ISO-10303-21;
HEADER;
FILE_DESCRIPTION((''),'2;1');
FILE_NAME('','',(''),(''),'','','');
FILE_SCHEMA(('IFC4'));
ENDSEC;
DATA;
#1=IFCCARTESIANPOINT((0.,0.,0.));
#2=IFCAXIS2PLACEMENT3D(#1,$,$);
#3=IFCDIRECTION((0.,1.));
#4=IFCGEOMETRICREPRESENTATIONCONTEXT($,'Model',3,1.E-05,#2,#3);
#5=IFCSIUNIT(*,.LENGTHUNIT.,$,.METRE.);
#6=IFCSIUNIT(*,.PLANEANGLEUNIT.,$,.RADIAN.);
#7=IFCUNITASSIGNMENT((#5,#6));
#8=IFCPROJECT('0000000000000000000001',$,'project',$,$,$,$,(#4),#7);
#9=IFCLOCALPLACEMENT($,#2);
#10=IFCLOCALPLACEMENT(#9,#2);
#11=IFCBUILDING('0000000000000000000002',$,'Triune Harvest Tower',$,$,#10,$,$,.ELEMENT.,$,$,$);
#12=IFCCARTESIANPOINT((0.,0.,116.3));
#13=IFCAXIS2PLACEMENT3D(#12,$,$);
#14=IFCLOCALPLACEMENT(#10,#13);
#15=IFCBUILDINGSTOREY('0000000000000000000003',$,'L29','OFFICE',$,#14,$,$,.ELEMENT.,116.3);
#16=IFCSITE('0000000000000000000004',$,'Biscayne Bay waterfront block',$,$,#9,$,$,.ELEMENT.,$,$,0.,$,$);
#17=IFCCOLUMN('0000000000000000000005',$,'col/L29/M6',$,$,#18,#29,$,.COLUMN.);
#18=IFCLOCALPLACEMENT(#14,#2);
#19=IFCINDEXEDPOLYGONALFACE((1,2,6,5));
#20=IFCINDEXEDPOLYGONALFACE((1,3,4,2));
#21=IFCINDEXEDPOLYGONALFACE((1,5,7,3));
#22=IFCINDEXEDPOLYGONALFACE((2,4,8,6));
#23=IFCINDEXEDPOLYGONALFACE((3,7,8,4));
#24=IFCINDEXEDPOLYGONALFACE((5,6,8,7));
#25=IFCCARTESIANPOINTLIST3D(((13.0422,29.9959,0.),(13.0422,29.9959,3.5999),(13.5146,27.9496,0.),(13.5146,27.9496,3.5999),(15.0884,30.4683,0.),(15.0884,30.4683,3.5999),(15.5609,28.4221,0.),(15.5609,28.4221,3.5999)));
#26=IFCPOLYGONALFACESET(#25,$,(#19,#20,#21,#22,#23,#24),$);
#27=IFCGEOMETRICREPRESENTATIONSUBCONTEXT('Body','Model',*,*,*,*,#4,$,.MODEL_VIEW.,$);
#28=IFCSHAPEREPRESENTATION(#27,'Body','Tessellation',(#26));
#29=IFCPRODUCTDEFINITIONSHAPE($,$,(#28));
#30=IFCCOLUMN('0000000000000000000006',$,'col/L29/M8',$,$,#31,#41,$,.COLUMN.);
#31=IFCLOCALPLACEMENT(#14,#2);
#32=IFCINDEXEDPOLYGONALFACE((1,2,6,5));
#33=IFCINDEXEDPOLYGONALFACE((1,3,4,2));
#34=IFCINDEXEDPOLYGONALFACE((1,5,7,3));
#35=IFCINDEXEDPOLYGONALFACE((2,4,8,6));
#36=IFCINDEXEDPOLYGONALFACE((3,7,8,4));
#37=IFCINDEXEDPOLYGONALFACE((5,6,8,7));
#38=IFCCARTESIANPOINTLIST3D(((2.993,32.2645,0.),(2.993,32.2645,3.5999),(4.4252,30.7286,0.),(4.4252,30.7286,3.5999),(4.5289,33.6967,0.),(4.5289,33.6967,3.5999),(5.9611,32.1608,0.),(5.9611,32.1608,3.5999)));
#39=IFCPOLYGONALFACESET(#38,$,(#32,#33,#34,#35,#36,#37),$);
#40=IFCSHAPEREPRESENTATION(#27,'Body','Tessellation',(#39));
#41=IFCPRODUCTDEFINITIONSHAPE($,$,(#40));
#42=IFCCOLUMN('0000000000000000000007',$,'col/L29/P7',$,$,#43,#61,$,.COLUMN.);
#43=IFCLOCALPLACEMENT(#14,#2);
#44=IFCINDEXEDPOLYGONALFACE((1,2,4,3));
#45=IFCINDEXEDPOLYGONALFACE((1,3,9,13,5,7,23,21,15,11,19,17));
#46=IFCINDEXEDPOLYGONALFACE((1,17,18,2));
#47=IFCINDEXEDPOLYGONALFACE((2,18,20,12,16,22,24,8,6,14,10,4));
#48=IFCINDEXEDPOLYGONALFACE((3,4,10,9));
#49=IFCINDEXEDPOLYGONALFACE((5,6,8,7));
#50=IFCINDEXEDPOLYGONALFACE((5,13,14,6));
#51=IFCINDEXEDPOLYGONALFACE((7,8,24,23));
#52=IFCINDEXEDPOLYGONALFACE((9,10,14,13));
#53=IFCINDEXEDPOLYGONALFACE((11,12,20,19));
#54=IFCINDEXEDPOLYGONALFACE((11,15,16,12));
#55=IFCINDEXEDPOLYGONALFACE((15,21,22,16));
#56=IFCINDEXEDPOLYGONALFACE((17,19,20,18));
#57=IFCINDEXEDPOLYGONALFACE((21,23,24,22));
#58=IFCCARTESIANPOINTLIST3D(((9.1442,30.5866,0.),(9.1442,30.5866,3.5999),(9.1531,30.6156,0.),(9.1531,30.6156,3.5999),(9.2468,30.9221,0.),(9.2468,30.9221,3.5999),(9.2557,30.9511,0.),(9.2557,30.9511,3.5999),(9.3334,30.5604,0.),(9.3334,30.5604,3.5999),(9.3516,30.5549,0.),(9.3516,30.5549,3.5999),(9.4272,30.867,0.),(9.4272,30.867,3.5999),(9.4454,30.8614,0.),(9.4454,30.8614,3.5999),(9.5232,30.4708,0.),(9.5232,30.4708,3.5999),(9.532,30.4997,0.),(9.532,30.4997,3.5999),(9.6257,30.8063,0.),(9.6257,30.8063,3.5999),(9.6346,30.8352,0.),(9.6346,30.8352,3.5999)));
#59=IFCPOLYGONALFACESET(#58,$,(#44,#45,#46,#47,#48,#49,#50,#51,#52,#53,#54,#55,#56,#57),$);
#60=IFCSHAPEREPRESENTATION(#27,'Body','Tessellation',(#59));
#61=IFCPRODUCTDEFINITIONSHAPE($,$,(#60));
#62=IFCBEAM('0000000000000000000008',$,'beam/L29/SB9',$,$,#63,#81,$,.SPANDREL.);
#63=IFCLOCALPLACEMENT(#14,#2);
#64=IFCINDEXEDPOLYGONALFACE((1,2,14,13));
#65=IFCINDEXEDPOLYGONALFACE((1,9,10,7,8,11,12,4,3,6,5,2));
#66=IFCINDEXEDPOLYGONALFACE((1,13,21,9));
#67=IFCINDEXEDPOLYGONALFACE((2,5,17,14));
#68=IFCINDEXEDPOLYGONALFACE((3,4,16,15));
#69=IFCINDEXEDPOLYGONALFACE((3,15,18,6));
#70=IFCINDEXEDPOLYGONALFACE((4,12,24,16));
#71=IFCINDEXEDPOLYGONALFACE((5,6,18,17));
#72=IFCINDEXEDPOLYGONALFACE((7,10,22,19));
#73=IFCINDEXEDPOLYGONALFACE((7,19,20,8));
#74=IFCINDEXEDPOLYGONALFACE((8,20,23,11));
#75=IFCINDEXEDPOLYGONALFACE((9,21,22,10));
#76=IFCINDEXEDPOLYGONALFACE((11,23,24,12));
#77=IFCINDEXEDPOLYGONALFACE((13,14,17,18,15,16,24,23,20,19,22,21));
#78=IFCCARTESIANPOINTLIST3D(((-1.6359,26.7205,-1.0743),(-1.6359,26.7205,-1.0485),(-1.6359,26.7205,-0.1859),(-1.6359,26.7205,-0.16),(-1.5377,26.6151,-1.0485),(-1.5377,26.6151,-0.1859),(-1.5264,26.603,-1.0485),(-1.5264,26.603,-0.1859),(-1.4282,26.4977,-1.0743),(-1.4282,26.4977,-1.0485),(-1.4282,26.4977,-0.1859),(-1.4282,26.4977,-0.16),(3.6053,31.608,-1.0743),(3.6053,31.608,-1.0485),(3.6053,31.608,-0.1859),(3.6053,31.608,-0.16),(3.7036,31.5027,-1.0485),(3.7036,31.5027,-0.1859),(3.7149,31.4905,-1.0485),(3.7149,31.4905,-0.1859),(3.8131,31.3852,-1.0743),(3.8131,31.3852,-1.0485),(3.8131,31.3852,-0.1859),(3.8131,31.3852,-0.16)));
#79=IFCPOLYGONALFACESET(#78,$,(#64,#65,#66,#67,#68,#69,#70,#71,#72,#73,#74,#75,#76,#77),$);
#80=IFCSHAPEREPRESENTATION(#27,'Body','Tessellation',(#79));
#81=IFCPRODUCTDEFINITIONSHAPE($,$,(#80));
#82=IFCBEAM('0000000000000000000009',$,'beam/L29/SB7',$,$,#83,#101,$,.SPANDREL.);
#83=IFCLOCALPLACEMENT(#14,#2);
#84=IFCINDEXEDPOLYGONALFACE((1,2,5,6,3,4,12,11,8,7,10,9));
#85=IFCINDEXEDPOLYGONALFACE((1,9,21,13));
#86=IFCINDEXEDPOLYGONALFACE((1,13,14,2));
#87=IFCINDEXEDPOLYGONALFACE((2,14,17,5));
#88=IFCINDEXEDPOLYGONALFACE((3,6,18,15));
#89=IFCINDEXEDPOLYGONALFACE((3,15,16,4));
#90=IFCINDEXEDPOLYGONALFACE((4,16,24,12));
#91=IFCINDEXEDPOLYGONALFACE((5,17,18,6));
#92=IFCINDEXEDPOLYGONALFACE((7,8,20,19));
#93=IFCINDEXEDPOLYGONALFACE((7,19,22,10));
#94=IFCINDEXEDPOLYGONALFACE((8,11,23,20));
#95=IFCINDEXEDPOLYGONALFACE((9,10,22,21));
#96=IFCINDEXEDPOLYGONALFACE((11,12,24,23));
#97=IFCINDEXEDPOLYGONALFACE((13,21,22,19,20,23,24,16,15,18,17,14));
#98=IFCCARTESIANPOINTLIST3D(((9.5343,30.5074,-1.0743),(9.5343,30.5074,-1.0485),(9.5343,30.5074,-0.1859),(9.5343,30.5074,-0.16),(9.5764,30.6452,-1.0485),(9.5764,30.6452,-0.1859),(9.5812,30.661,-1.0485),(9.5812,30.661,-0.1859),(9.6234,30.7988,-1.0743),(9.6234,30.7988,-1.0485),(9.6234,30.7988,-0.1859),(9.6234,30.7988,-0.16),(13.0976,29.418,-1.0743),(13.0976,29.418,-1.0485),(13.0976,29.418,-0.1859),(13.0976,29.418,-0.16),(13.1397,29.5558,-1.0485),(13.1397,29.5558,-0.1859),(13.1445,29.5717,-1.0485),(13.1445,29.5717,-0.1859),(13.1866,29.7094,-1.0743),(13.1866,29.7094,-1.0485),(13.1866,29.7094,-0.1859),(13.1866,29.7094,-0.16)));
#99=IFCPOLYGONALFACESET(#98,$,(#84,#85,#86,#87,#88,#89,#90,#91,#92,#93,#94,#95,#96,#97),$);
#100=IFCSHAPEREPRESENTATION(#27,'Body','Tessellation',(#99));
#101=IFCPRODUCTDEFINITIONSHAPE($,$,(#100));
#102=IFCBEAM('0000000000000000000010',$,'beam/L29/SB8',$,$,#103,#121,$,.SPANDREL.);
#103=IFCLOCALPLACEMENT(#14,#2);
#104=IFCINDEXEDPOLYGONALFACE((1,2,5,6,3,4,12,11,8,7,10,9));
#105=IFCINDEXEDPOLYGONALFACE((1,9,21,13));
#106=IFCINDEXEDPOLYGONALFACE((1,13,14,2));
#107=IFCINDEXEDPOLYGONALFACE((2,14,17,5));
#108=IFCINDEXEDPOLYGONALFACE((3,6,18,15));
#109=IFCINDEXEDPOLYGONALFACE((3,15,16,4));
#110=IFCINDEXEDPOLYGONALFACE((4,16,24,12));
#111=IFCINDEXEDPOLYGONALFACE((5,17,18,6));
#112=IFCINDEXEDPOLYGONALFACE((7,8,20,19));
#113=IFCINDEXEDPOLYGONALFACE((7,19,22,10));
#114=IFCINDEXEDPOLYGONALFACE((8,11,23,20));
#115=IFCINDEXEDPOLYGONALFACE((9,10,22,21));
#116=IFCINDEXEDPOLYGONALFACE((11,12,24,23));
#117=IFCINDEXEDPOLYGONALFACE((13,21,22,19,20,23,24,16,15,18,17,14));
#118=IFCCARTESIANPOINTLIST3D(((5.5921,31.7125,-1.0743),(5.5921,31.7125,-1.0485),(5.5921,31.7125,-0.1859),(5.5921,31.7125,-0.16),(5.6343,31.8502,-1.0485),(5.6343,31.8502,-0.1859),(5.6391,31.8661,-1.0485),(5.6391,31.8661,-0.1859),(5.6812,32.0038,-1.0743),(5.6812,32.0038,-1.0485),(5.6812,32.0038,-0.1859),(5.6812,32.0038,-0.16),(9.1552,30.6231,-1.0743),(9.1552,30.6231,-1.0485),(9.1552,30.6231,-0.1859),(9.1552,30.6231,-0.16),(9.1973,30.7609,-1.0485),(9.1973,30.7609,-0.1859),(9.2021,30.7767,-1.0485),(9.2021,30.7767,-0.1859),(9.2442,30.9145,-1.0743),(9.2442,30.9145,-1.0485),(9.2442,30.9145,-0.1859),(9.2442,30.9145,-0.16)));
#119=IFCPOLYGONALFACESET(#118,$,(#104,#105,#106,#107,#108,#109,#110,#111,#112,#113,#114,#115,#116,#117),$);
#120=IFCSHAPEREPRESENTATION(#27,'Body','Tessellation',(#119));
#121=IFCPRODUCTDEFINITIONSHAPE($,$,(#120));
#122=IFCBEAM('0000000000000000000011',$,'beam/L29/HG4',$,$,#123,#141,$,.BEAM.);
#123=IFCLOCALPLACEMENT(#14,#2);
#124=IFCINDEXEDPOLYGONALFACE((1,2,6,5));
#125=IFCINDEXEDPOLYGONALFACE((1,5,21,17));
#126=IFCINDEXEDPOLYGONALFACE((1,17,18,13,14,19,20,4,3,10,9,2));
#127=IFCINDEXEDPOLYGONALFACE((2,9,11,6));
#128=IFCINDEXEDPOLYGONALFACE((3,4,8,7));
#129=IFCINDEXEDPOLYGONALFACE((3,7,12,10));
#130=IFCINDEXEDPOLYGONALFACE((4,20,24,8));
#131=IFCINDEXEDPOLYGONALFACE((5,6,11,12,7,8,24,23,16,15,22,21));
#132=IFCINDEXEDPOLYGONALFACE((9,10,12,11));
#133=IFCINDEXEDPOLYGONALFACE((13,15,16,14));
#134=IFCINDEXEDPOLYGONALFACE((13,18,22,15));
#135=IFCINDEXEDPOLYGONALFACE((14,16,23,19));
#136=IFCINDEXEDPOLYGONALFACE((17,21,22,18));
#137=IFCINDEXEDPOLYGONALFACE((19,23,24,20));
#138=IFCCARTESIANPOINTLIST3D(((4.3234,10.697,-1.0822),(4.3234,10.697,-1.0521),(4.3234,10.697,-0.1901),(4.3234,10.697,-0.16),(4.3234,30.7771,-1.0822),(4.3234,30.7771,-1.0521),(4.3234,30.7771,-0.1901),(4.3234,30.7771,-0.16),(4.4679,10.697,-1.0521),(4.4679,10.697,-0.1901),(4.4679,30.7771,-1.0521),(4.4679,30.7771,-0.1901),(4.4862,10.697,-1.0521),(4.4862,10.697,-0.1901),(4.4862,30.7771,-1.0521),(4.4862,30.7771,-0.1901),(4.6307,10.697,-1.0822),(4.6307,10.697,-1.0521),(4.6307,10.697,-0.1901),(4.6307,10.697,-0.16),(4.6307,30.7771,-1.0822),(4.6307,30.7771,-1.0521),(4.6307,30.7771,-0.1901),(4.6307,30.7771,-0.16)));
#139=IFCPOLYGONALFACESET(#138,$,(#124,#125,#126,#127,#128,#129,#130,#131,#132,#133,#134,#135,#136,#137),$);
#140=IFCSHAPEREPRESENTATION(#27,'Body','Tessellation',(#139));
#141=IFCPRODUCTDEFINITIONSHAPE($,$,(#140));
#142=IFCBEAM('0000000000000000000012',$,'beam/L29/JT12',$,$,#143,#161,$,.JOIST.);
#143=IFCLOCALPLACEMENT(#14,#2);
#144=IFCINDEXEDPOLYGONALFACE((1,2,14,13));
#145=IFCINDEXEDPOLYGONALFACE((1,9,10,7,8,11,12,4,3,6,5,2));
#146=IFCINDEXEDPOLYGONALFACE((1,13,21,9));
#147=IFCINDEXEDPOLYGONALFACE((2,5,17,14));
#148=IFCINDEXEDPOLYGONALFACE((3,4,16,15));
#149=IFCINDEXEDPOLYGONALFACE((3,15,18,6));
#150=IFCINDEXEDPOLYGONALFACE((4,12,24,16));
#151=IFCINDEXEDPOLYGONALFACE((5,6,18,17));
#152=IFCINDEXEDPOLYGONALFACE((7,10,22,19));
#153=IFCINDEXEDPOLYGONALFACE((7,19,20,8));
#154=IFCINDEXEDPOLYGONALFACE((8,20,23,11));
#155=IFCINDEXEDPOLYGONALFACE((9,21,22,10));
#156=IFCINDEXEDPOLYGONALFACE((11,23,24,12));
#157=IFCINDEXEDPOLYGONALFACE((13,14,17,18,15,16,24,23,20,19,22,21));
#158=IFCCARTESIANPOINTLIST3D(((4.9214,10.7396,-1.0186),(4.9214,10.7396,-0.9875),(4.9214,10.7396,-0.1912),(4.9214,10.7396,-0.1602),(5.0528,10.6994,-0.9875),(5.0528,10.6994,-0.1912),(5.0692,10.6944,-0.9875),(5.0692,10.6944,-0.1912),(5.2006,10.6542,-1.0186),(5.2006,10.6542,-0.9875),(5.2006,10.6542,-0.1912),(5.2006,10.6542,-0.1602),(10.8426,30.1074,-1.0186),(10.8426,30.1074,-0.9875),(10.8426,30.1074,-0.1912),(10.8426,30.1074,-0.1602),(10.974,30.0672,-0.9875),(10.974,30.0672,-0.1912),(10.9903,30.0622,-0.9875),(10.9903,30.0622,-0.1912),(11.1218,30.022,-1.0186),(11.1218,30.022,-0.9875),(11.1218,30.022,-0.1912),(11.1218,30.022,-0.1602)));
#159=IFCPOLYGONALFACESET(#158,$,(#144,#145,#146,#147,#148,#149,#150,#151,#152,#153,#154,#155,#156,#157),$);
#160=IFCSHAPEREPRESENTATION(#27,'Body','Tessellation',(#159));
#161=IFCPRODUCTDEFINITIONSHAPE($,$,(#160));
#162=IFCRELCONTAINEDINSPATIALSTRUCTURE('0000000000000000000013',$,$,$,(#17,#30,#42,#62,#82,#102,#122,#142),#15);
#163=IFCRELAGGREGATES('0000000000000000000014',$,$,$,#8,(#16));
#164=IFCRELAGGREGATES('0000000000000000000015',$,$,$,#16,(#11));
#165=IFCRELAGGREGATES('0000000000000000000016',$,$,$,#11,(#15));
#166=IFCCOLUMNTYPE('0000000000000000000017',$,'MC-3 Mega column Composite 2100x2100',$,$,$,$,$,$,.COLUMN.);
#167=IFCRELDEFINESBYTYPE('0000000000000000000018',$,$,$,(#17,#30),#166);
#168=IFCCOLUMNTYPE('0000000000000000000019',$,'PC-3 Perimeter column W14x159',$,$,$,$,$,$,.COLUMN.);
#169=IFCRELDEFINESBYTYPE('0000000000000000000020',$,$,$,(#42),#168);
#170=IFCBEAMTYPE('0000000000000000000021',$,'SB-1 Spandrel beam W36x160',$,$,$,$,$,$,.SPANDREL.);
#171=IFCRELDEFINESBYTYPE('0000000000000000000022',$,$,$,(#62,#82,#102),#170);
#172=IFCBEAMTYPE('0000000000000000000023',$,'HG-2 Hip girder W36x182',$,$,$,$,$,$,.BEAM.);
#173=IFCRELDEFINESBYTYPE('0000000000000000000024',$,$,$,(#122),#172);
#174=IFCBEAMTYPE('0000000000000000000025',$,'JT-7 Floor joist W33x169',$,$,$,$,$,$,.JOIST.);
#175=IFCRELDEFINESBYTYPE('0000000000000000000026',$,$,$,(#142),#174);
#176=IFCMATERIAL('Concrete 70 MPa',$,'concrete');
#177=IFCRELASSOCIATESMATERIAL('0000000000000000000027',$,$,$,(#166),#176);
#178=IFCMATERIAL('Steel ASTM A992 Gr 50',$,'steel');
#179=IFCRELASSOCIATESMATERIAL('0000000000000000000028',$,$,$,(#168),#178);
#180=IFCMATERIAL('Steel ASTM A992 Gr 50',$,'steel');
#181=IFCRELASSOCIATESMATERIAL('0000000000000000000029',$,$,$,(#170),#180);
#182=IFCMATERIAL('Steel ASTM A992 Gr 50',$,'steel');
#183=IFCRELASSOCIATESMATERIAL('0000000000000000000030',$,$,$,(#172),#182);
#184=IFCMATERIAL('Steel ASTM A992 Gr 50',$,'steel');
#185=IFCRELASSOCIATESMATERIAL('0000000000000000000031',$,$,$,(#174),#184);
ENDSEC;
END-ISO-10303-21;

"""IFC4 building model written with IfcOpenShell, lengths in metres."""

from ifc_helpers import new_model, si_unit, direction, frame, origin, origin_2d, place, context, subcontext, project, spatial, rectangle, i_section, extrude, source, transform, mapped, material, material_profile, profile_set, type_object, element, save


model = new_model("IFC4")

# Units and contexts
model_context = context("Model", 3, precision=1e-05, world=origin(), true_north=direction((0.0, 1.0)))
body_context = subcontext(model_context, "Body", "Model", "MODEL_VIEW")
ifc_project = project(units=[si_unit("LENGTHUNIT", "METRE"), si_unit("PLANEANGLEUNIT", "RADIAN")], contexts=[model_context])

# Site, building, storey
site_placement = place(None, origin())
site = spatial("IfcSite", under=ifc_project, at=site_placement, Name="Biscayne Bay waterfront block", CompositionType="ELEMENT", RefElevation=0.0)
building_placement = place(site_placement, origin())
building = spatial("IfcBuilding", under=site, at=building_placement, Name="Triune Harvest Tower", CompositionType="ELEMENT")
storey_placement = place(building_placement, frame((0.0, 0.0, 116.3)))
storey = spatial("IfcBuildingStorey", under=building, at=storey_placement, Name="L29", Description="OFFICE", CompositionType="ELEMENT", Elevation=116.3)

# Columns
ifc_material_1 = material(Name="Concrete 70 MPa", Category="concrete")
ifc_material_profile_1 = material_profile(ifc_material_1, rectangle(XDim=2.1001, YDim=2.1001, at=origin_2d()), Name="Composite 2100x2100")
ifc_profile_set_1 = profile_set([ifc_material_profile_1], Name="Concrete 70 MPa")
column_type_1 = type_object("IfcColumnType", Name="MC-3 Mega column Composite 2100x2100", PredefinedType="COLUMN", material=ifc_profile_set_1)
shared_shape_1 = source(origin(), body_context, "Body", "SweptSolid", [
    extrude(rectangle(XDim=2.1001, YDim=2.1001, at=origin_2d()), origin(), (0.0, 0.0, 1.0), 3.5999),
])
for number, where, z_axis, x_axis, name in (
    (1, (14.3015, 29.209, 0.0), (0.0, 0.0, 1.0), (-0.224953, 0.97437, 0.0), "col/L29/M6"),
    (2, (4.4771, 32.2126, 0.0), (0.0, 0.0, 1.0), (-0.731355, -0.681997, 0.0), "col/L29/M8"),
):
    element("IfcColumn", number, at=place(storey_placement, frame(where, z_axis=z_axis, x_axis=x_axis)), inside=storey, type_object=column_type_1, Name=name, PredefinedType="COLUMN", context=body_context, shape_type="MappedRepresentation", body=[
        mapped(shared_shape_1, transform((0.0, 0.0, 0.0), scale=1.0)),
    ])
ifc_material_2 = material(Name="Steel ASTM A992 Gr 50", Category="steel")
ifc_material_profile_2 = material_profile(ifc_material_2, i_section(OverallWidth=0.3962, OverallDepth=0.3811, WebThickness=0.019, FlangeThickness=0.0303, at=origin_2d()), Name="W14x159")
ifc_profile_set_2 = profile_set([ifc_material_profile_2], Name="Steel ASTM A992 Gr 50")
column_type_2 = type_object("IfcColumnType", Name="PC-3 Perimeter column W14x159", PredefinedType="COLUMN", material=ifc_profile_set_2)
shared_shape_2 = source(origin(), body_context, "Body", "SweptSolid", [
    extrude(i_section(OverallWidth=0.3962, OverallDepth=0.3811, WebThickness=0.019, FlangeThickness=0.0303, at=origin_2d()), origin(), (0.0, 0.0, 1.0), 3.5999),
])
column_placement = place(storey_placement, frame((9.3894, 30.7109, 0.0), z_axis=(0.0, 0.0, 1.0), x_axis=(-0.956305, 0.292372, 0.0)))
element("IfcColumn", 3, at=column_placement, inside=storey, type_object=column_type_2, Name="col/L29/P7", PredefinedType="COLUMN", context=body_context, shape_type="MappedRepresentation", body=[
    mapped(shared_shape_2, transform((0.0, 0.0, 0.0), scale=1.0)),
])

# Beams
ifc_material_3 = material(Name="Steel ASTM A992 Gr 50", Category="steel")
ifc_material_profile_3 = material_profile(ifc_material_3, i_section(OverallWidth=0.3047, OverallDepth=0.9143, WebThickness=0.0166, FlangeThickness=0.0259, at=origin_2d()), Name="W36x160")
ifc_profile_set_3 = profile_set([ifc_material_profile_3], Name="Steel ASTM A992 Gr 50")
beam_type_1 = type_object("IfcBeamType", Name="SB-1 Spandrel beam W36x160", PredefinedType="SPANDREL", material=ifc_profile_set_3)
shared_shape_3 = source(origin(), body_context, "Body", "SweptSolid", [
    extrude(i_section(OverallWidth=0.3047, OverallDepth=0.9143, WebThickness=0.0166, FlangeThickness=0.0259, at=origin_2d()), origin(), (0.0, 0.0, 1.0), 7.1665),
])
beam_1_placement = place(storey_placement, frame((3.7092, 31.4966, -0.6172), z_axis=(-0.731358, -0.681994, 0.0), x_axis=(0.681994, -0.731358, 0.0)))
element("IfcBeam", 4, at=beam_1_placement, inside=storey, type_object=beam_type_1, Name="beam/L29/SB9", PredefinedType="SPANDREL", context=body_context, shape_type="MappedRepresentation", body=[
    mapped(shared_shape_3, transform((0.0, 0.0, 0.0), scale=1.0)),
])
shared_shape_4 = source(origin(), body_context, "Body", "SweptSolid", [
    extrude(i_section(OverallWidth=0.3047, OverallDepth=0.9143, WebThickness=0.0166, FlangeThickness=0.0259, at=origin_2d()), origin(), (0.0, 0.0, 1.0), 3.7261),
])
beam_2_placement = place(storey_placement, frame((13.1421, 29.5637, -0.6172), z_axis=(-0.956307, 0.292363, 0.0), x_axis=(-0.292363, -0.956307, 0.0)))
element("IfcBeam", 5, at=beam_2_placement, inside=storey, type_object=beam_type_1, Name="beam/L29/SB7", PredefinedType="SPANDREL", context=body_context, shape_type="MappedRepresentation", body=[
    mapped(shared_shape_4, transform((0.0, 0.0, 0.0), scale=1.0)),
])
shared_shape_5 = source(origin(), body_context, "Body", "SweptSolid", [
    extrude(i_section(OverallWidth=0.3047, OverallDepth=0.9143, WebThickness=0.0166, FlangeThickness=0.0259, at=origin_2d()), origin(), (0.0, 0.0, 1.0), 3.7258),
])
beam_3_placement = place(storey_placement, frame((9.1997, 30.7688, -0.6172), z_axis=(-0.956302, 0.292382, 0.0), x_axis=(-0.292382, -0.956302, 0.0)))
element("IfcBeam", 6, at=beam_3_placement, inside=storey, type_object=beam_type_1, Name="beam/L29/SB8", PredefinedType="SPANDREL", context=body_context, shape_type="MappedRepresentation", body=[
    mapped(shared_shape_5, transform((0.0, 0.0, 0.0), scale=1.0)),
])
ifc_material_4 = material(Name="Steel ASTM A992 Gr 50", Category="steel")
ifc_material_profile_4 = material_profile(ifc_material_4, i_section(OverallWidth=0.3074, OverallDepth=0.9221, WebThickness=0.0183, FlangeThickness=0.03, at=origin_2d()), Name="W36x182")
ifc_profile_set_4 = profile_set([ifc_material_profile_4], Name="Steel ASTM A992 Gr 50")
beam_type_2 = type_object("IfcBeamType", Name="HG-2 Hip girder W36x182", PredefinedType="BEAM", material=ifc_profile_set_4)
shared_shape_6 = source(origin(), body_context, "Body", "SweptSolid", [
    extrude(i_section(OverallWidth=0.3074, OverallDepth=0.9221, WebThickness=0.0183, FlangeThickness=0.03, at=origin_2d()), origin(), (0.0, 0.0, 1.0), 20.0801),
])
beam_4_placement = place(storey_placement, frame((4.4771, 30.7771, -0.6211), z_axis=(0.0, -1.0, 0.0), x_axis=(1.0, 0.0, 0.0)))
element("IfcBeam", 7, at=beam_4_placement, inside=storey, type_object=beam_type_2, Name="beam/L29/HG4", PredefinedType="BEAM", context=body_context, shape_type="MappedRepresentation", body=[
    mapped(shared_shape_6, transform((0.0, 0.0, 0.0), scale=1.0)),
])
ifc_material_5 = material(Name="Steel ASTM A992 Gr 50", Category="steel")
ifc_material_profile_5 = material_profile(ifc_material_5, i_section(OverallWidth=0.292, OverallDepth=0.8584, WebThickness=0.0171, FlangeThickness=0.031, at=origin_2d()), Name="W33x169")
ifc_profile_set_5 = profile_set([ifc_material_profile_5], Name="Steel ASTM A992 Gr 50")
beam_type_3 = type_object("IfcBeamType", Name="JT-7 Floor joist W33x169", PredefinedType="JOIST", material=ifc_profile_set_5)
shared_shape_7 = source(origin(), body_context, "Body", "SweptSolid", [
    extrude(i_section(OverallWidth=0.292, OverallDepth=0.8584, WebThickness=0.0171, FlangeThickness=0.031, at=origin_2d()), origin(), (0.0, 0.0, 1.0), 20.2527),
])
beam_5_placement = place(storey_placement, frame((10.9822, 30.0647, -0.5894), z_axis=(-0.292365, -0.956307, 0.0), x_axis=(0.956307, -0.292365, 0.0)))
element("IfcBeam", 8, at=beam_5_placement, inside=storey, type_object=beam_type_3, Name="beam/L29/JT12", PredefinedType="JOIST", context=body_context, shape_type="MappedRepresentation", body=[
    mapped(shared_shape_7, transform((0.0, 0.0, 0.0), scale=1.0)),
])

save(model, "model.ifc")
